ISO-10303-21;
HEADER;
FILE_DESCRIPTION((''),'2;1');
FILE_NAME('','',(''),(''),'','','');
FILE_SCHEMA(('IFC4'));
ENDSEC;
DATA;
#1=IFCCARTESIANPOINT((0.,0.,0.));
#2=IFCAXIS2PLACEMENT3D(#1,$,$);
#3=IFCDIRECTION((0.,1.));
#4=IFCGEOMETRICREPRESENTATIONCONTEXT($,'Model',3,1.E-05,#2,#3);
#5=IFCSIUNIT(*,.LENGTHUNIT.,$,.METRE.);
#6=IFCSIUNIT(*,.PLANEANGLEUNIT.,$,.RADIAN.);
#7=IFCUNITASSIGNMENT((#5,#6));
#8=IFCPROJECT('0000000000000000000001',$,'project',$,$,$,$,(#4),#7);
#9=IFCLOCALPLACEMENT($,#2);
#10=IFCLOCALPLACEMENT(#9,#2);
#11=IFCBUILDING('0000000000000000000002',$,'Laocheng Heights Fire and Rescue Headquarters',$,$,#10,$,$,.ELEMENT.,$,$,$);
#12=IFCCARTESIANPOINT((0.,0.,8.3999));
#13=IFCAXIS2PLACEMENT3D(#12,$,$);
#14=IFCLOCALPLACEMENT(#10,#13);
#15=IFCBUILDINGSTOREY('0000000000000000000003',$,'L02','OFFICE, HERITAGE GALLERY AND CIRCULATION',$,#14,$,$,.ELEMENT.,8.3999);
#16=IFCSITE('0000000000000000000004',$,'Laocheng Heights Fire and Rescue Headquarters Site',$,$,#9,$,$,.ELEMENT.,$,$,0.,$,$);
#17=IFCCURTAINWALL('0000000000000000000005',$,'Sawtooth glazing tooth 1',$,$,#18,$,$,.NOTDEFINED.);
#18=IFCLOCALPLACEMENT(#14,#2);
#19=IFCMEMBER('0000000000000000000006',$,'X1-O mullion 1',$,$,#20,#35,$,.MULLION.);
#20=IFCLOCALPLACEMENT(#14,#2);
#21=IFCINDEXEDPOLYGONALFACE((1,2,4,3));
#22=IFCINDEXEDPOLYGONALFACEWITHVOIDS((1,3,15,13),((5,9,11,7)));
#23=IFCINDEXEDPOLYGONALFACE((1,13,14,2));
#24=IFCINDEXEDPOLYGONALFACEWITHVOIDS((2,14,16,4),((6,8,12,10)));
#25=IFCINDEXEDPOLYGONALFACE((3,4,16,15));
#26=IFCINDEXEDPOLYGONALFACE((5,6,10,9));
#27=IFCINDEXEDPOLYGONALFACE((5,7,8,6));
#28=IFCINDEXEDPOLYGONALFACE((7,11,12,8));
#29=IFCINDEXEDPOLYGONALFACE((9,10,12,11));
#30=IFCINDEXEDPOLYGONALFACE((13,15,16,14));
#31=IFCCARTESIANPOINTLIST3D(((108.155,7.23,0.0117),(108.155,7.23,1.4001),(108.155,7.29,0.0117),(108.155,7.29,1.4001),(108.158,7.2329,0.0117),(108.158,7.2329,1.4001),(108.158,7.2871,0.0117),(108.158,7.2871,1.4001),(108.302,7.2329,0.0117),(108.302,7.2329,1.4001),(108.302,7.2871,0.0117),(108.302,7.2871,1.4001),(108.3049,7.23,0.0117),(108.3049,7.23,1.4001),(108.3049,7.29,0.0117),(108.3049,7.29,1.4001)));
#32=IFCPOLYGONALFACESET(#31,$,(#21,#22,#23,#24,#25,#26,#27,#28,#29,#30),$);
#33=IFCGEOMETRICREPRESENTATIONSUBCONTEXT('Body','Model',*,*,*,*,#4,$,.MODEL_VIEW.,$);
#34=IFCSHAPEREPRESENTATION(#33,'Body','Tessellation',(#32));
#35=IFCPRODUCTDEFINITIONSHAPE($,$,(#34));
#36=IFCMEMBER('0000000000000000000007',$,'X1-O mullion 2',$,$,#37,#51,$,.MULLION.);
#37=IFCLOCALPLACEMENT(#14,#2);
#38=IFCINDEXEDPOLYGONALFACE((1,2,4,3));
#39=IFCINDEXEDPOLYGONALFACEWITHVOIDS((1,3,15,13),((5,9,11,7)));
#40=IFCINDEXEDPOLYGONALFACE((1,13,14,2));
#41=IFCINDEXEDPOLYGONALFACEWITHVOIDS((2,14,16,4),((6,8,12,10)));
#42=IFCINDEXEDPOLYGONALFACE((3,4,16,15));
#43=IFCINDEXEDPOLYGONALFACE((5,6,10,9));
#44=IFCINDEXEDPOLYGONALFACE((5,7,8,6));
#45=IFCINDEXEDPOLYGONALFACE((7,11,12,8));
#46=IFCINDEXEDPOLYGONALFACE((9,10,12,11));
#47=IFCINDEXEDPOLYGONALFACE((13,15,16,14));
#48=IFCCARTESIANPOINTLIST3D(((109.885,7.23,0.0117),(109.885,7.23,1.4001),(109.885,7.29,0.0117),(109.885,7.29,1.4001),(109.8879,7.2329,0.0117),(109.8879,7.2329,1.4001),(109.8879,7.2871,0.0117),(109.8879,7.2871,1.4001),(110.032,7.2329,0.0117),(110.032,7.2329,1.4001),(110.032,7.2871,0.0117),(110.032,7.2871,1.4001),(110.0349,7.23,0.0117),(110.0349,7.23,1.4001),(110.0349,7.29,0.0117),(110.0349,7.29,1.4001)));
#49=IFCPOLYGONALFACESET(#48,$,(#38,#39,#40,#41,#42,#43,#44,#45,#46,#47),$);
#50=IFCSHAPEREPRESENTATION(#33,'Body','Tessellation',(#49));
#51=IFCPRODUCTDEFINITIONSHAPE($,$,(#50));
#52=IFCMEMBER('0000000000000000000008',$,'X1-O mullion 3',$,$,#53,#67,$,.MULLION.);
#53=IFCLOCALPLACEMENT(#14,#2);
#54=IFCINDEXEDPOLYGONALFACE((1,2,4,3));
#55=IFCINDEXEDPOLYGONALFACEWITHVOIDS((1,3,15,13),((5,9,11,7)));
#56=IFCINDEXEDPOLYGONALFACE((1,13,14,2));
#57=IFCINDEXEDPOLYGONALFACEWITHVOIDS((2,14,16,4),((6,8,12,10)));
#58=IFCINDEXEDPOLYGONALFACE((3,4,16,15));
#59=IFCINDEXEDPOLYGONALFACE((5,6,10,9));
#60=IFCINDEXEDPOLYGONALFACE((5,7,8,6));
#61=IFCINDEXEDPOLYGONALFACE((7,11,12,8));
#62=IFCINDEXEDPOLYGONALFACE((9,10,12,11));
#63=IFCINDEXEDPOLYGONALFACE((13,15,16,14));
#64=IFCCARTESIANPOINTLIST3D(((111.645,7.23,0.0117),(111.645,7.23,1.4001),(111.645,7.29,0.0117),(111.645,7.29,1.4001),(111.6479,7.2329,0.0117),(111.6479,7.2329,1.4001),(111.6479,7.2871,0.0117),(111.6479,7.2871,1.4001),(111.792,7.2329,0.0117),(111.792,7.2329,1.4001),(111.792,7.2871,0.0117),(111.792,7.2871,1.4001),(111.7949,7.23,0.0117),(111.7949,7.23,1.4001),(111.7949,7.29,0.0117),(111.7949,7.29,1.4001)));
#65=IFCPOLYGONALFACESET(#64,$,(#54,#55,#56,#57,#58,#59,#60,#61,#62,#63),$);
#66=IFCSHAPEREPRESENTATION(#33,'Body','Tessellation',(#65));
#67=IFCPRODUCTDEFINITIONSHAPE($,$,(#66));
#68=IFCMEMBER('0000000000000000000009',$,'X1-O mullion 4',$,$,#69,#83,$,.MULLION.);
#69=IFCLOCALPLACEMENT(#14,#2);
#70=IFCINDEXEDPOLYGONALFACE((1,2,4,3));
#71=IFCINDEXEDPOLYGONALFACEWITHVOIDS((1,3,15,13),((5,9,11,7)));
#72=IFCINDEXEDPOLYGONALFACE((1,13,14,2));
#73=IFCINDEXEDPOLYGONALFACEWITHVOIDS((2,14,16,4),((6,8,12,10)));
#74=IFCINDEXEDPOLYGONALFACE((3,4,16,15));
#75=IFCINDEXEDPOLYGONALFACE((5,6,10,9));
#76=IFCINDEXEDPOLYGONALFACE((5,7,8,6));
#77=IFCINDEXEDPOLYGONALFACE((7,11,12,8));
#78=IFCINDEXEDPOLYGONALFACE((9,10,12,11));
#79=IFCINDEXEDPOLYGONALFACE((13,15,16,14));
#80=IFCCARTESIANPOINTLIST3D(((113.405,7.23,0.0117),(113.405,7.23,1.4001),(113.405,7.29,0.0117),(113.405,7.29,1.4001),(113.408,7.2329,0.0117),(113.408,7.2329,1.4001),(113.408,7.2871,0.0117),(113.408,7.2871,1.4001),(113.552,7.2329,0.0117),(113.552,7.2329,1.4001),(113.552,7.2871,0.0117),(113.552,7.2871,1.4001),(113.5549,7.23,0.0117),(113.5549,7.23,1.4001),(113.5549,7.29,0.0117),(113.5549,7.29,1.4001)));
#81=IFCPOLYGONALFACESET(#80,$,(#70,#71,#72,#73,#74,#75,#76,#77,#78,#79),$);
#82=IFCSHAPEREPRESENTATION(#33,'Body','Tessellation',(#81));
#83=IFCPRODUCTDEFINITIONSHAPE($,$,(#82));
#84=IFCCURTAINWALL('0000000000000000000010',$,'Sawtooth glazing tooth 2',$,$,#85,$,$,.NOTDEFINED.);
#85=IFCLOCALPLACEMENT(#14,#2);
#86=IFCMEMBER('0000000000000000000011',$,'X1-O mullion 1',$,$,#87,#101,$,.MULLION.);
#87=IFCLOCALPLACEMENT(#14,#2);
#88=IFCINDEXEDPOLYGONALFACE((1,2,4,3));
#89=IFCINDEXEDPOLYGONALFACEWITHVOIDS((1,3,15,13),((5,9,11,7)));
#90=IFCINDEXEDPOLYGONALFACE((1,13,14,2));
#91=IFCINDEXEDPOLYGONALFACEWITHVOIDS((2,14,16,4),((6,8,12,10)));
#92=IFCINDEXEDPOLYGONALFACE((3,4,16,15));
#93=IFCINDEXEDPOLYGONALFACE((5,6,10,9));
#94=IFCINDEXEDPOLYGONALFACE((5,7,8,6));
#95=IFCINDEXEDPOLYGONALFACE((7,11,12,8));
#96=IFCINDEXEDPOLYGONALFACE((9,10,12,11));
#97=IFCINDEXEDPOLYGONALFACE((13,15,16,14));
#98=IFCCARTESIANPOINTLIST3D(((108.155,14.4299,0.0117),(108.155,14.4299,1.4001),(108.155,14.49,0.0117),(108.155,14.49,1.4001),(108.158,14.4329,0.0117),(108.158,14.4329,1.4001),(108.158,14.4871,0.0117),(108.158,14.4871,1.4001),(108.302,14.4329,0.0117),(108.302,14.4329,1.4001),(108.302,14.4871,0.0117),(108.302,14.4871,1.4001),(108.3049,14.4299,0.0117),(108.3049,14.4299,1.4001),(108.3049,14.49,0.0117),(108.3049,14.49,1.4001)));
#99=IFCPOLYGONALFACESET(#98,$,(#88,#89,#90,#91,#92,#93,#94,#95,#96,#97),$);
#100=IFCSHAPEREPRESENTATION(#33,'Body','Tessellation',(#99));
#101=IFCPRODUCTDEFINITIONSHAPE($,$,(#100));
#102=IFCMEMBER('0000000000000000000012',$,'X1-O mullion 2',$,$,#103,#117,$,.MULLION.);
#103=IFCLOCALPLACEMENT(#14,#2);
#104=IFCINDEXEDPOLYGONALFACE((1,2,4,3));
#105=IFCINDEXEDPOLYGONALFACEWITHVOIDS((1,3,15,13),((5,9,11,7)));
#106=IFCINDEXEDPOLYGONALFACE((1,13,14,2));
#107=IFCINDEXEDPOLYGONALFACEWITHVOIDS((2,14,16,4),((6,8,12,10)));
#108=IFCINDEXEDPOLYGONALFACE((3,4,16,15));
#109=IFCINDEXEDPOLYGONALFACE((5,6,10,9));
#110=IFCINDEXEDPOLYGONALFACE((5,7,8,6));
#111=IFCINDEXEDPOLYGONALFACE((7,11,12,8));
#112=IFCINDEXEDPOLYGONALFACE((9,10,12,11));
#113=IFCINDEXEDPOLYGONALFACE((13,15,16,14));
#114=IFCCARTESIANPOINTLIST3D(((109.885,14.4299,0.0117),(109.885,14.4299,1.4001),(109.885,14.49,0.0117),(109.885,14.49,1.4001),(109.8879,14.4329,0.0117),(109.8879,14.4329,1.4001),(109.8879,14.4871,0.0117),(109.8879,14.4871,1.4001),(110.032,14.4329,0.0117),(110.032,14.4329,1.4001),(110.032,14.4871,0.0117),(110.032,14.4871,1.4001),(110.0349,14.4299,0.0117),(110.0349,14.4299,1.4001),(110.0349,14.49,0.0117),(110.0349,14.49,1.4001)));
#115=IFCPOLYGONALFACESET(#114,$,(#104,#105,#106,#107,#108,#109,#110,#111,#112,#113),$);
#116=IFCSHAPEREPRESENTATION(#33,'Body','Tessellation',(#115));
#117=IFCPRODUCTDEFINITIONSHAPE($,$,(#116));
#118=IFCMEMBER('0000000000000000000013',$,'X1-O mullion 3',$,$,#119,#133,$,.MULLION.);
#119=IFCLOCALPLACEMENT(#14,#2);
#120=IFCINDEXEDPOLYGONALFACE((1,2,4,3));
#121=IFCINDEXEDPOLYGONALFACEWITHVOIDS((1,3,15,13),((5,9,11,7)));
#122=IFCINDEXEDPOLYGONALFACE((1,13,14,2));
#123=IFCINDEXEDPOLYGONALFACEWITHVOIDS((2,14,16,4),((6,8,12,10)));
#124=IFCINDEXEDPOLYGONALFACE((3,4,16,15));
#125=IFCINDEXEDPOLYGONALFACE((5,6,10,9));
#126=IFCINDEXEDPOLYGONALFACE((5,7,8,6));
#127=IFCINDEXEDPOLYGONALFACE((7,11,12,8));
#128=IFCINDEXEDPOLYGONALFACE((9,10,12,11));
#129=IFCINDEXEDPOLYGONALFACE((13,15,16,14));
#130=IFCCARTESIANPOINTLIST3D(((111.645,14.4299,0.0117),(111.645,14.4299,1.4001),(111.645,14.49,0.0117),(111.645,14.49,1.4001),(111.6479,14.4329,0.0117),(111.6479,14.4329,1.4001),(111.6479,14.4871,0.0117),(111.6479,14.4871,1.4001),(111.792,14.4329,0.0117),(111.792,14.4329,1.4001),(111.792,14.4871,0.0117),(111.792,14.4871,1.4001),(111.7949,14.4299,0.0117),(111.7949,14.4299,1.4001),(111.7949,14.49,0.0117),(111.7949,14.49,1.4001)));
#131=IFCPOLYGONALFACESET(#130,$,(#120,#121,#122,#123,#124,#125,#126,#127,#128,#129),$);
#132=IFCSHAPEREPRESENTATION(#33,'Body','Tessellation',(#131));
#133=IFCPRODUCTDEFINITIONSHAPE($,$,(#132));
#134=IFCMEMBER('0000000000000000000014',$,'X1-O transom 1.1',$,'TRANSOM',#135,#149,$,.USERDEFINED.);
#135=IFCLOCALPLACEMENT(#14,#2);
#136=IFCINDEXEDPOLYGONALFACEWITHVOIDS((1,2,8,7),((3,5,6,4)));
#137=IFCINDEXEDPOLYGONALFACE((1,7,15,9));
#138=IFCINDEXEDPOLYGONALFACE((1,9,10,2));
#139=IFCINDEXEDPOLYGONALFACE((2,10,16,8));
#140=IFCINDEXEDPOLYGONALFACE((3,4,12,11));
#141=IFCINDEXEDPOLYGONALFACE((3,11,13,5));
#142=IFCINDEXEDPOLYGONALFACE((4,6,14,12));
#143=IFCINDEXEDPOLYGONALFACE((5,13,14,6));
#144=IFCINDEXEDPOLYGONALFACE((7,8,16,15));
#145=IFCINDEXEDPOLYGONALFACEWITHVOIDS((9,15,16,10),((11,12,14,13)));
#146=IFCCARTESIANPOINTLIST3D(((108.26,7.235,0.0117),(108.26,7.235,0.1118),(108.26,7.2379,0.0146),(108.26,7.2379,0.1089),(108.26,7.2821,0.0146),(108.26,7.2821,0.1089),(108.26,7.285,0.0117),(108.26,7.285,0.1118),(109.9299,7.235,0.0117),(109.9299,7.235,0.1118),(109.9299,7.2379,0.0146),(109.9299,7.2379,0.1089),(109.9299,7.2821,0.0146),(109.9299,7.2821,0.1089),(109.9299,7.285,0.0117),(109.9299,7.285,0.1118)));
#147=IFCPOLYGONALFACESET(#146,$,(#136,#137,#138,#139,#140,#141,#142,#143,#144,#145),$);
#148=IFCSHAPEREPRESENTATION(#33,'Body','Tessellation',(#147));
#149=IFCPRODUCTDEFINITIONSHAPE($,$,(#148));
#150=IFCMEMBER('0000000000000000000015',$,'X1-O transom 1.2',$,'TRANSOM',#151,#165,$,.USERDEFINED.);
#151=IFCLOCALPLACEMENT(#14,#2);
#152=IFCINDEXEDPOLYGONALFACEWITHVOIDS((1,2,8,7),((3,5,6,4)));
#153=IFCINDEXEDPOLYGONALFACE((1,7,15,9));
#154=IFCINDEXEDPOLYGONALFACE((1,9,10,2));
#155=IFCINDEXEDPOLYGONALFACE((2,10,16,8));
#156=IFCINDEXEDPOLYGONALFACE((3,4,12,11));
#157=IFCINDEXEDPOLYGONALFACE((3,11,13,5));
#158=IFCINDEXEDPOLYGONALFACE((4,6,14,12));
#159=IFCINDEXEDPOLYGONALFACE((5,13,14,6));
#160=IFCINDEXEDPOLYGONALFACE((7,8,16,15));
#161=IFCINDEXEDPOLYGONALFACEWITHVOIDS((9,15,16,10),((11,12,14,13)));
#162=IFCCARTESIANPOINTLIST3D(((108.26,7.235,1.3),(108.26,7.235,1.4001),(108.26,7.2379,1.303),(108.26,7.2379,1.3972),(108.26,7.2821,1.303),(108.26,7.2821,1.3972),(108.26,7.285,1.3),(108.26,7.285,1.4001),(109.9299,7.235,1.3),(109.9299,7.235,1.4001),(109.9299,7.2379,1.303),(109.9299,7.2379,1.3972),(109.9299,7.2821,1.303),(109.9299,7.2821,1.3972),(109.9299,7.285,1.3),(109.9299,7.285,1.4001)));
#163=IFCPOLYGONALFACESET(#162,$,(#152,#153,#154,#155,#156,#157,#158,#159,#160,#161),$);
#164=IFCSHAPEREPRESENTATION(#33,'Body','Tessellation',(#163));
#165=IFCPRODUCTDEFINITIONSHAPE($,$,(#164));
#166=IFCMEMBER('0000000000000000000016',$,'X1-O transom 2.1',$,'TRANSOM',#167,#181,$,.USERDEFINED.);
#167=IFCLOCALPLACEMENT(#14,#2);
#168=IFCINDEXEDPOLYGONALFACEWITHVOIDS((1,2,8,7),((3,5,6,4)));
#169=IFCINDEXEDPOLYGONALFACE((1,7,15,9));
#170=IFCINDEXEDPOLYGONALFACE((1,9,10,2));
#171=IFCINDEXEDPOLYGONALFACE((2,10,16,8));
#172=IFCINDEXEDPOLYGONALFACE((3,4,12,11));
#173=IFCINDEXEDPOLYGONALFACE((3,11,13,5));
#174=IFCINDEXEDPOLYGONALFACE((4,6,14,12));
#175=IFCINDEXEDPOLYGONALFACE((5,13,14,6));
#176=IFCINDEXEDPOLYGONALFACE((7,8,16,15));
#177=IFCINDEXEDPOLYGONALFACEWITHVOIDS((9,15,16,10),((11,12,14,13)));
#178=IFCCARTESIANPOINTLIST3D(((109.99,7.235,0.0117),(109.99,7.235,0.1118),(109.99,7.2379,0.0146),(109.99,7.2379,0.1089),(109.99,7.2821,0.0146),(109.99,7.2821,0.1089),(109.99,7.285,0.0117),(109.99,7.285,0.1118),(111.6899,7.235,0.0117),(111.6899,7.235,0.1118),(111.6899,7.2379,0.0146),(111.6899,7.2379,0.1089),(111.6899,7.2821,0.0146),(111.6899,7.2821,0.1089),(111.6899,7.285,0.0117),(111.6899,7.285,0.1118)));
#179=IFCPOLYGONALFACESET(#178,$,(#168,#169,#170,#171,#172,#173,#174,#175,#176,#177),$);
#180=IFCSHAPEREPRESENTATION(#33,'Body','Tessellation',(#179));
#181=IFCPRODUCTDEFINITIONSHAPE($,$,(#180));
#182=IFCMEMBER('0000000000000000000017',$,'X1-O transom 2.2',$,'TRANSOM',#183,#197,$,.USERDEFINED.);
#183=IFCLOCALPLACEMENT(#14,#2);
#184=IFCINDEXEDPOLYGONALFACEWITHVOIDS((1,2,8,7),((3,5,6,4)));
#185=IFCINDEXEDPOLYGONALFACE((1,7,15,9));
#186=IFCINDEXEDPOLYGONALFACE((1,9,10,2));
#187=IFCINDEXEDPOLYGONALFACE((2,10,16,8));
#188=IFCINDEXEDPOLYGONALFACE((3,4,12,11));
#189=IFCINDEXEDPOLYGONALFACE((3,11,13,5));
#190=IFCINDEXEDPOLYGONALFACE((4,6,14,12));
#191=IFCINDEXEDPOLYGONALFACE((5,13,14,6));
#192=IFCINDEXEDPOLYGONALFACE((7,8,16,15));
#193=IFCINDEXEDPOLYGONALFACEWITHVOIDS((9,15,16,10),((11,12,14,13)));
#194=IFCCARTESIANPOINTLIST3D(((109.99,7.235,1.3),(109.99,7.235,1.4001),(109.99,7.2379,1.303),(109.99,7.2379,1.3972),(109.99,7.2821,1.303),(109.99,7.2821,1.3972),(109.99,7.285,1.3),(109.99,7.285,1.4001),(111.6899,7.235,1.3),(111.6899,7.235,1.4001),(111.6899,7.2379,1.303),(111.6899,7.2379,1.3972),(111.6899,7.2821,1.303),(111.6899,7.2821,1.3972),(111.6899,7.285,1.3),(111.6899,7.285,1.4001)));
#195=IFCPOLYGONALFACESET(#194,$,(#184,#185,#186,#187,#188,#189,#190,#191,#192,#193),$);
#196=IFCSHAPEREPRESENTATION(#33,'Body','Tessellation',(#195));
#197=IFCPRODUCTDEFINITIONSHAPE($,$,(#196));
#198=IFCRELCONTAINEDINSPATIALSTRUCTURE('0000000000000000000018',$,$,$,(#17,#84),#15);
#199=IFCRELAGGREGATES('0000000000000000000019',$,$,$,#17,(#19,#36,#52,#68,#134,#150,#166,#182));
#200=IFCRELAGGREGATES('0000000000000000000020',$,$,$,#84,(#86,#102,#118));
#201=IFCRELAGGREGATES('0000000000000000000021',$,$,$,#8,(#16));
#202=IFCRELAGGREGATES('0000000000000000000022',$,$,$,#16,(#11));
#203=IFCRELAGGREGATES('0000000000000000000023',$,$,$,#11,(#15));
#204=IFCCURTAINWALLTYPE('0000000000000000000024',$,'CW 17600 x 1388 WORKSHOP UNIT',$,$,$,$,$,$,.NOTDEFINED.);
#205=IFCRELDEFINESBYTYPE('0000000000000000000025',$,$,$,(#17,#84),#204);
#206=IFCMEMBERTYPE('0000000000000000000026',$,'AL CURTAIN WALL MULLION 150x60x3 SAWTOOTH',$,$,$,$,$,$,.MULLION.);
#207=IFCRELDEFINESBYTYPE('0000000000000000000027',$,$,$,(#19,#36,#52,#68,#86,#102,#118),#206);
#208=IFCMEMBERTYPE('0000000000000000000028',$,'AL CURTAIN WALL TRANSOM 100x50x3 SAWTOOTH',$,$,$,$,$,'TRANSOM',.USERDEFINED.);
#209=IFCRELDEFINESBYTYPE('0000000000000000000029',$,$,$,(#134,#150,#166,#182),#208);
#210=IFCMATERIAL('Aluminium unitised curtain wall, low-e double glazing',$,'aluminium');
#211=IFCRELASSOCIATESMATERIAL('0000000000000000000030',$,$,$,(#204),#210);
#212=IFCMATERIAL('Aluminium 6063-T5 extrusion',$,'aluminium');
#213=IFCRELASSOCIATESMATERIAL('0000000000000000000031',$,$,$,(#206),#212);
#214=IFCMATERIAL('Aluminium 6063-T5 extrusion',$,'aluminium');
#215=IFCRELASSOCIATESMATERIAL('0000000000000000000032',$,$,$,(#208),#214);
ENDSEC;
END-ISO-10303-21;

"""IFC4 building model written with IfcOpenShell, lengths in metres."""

from ifc_helpers import new_model, si_unit, direction, frame, origin, origin_2d, place, context, subcontext, project, spatial, hollow_rectangle, extrude, material, material_profile, profile_set, type_object, element, aggregate, save


model = new_model("IFC4")

# Units and contexts
model_context = context("Model", 3, precision=1e-05, world=origin(), true_north=direction((0.0, 1.0)))
body_context = subcontext(model_context, "Body", "Model", "MODEL_VIEW")
ifc_project = project(units=[si_unit("LENGTHUNIT", "METRE"), si_unit("PLANEANGLEUNIT", "RADIAN")], contexts=[model_context])

# Site, building, storey
site_placement = place(None, origin())
site = spatial("IfcSite", under=ifc_project, at=site_placement, Name="Laocheng Heights Fire and Rescue Headquarters Site", CompositionType="ELEMENT", RefElevation=0.0)
building_placement = place(site_placement, origin())
building = spatial("IfcBuilding", under=site, at=building_placement, Name="Laocheng Heights Fire and Rescue Headquarters", CompositionType="ELEMENT")
storey_placement = place(building_placement, frame((0.0, 0.0, 8.3999)))
storey = spatial("IfcBuildingStorey", under=building, at=storey_placement, Name="L02", Description="OFFICE, HERITAGE GALLERY AND CIRCULATION", CompositionType="ELEMENT", Elevation=8.3999)

# Curtain walls, members
ifc_material_1 = material(Name="Aluminium unitised curtain wall, low-e double glazing", Category="aluminium")
curtain_wall_type = type_object("IfcCurtainWallType", Name="CW 17600 x 1388 WORKSHOP UNIT", PredefinedType="NOTDEFINED", material=ifc_material_1)
curtain_wall_1_placement = place(storey_placement, origin())
curtain_wall_1 = element("IfcCurtainWall", 1, at=curtain_wall_1_placement, inside=storey, type_object=curtain_wall_type, Name="Sawtooth glazing tooth 1", PredefinedType="NOTDEFINED")
ifc_material_2 = material(Name="Aluminium 6063-T5 extrusion", Category="aluminium")
ifc_material_profile_1 = material_profile(ifc_material_2, hollow_rectangle(XDim=0.0601, YDim=0.1499, WallThickness=0.0029, at=origin_2d()), Name="AL MULLION 150x60x3")
ifc_profile_set_1 = profile_set([ifc_material_profile_1], Name="Aluminium 6063-T5 extrusion")
member_type_1 = type_object("IfcMemberType", Name="AL CURTAIN WALL MULLION 150x60x3 SAWTOOTH", PredefinedType="MULLION", material=ifc_profile_set_1)
member_1_placement = place(storey_placement, frame((108.23, 7.26, 0.0117), z_axis=(0.0, 0.0, 1.0), x_axis=(0.0, 1.0, 0.0)))
member_1 = element("IfcMember", 2, at=member_1_placement, type_object=member_type_1, Name="X1-O mullion 1", PredefinedType="MULLION", context=body_context, shape_type="SweptSolid", body=[
    extrude(hollow_rectangle(XDim=0.0601, YDim=0.1499, WallThickness=0.0029, at=origin_2d()), origin(), (0.0, 0.0, 1.0), 1.3884),
])
member_2_placement = place(storey_placement, frame((109.96, 7.26, 0.0117), z_axis=(0.0, 0.0, 1.0), x_axis=(0.0, 1.0, 0.0)))
member_2 = element("IfcMember", 3, at=member_2_placement, type_object=member_type_1, Name="X1-O mullion 2", PredefinedType="MULLION", context=body_context, shape_type="SweptSolid", body=[
    extrude(hollow_rectangle(XDim=0.0601, YDim=0.1499, WallThickness=0.0029, at=origin_2d()), origin(), (0.0, 0.0, 1.0), 1.3884),
])
member_3_placement = place(storey_placement, frame((111.72, 7.26, 0.0117), z_axis=(0.0, 0.0, 1.0), x_axis=(0.0, 1.0, 0.0)))
member_3 = element("IfcMember", 4, at=member_3_placement, type_object=member_type_1, Name="X1-O mullion 3", PredefinedType="MULLION", context=body_context, shape_type="SweptSolid", body=[
    extrude(hollow_rectangle(XDim=0.0601, YDim=0.1499, WallThickness=0.0029, at=origin_2d()), origin(), (0.0, 0.0, 1.0), 1.3884),
])
member_4_placement = place(storey_placement, frame((113.48, 7.26, 0.0117), z_axis=(0.0, 0.0, 1.0), x_axis=(0.0, 1.0, 0.0)))
member_4 = element("IfcMember", 5, at=member_4_placement, type_object=member_type_1, Name="X1-O mullion 4", PredefinedType="MULLION", context=body_context, shape_type="SweptSolid", body=[
    extrude(hollow_rectangle(XDim=0.0601, YDim=0.1499, WallThickness=0.0029, at=origin_2d()), origin(), (0.0, 0.0, 1.0), 1.3884),
])
curtain_wall_2_placement = place(storey_placement, origin())
curtain_wall_2 = element("IfcCurtainWall", 6, at=curtain_wall_2_placement, inside=storey, type_object=curtain_wall_type, Name="Sawtooth glazing tooth 2", PredefinedType="NOTDEFINED")
member_5_placement = place(storey_placement, frame((108.23, 14.46, 0.0117), z_axis=(0.0, 0.0, 1.0), x_axis=(0.0, 1.0, 0.0)))
member_5 = element("IfcMember", 7, at=member_5_placement, type_object=member_type_1, Name="X1-O mullion 1", PredefinedType="MULLION", context=body_context, shape_type="SweptSolid", body=[
    extrude(hollow_rectangle(XDim=0.0601, YDim=0.1499, WallThickness=0.0029, at=origin_2d()), origin(), (0.0, 0.0, 1.0), 1.3884),
])
member_6_placement = place(storey_placement, frame((109.96, 14.46, 0.0117), z_axis=(0.0, 0.0, 1.0), x_axis=(0.0, 1.0, 0.0)))
member_6 = element("IfcMember", 8, at=member_6_placement, type_object=member_type_1, Name="X1-O mullion 2", PredefinedType="MULLION", context=body_context, shape_type="SweptSolid", body=[
    extrude(hollow_rectangle(XDim=0.0601, YDim=0.1499, WallThickness=0.0029, at=origin_2d()), origin(), (0.0, 0.0, 1.0), 1.3884),
])
member_7_placement = place(storey_placement, frame((111.72, 14.46, 0.0117), z_axis=(0.0, 0.0, 1.0), x_axis=(0.0, 1.0, 0.0)))
member_7 = element("IfcMember", 9, at=member_7_placement, type_object=member_type_1, Name="X1-O mullion 3", PredefinedType="MULLION", context=body_context, shape_type="SweptSolid", body=[
    extrude(hollow_rectangle(XDim=0.0601, YDim=0.1499, WallThickness=0.0029, at=origin_2d()), origin(), (0.0, 0.0, 1.0), 1.3884),
])

# Members
ifc_material_3 = material(Name="Aluminium 6063-T5 extrusion", Category="aluminium")
ifc_material_profile_2 = material_profile(ifc_material_3, hollow_rectangle(XDim=0.05, YDim=0.1001, WallThickness=0.0029, at=origin_2d()), Name="AL TRANSOM 100x50x3")
ifc_profile_set_2 = profile_set([ifc_material_profile_2], Name="Aluminium 6063-T5 extrusion")
member_type_2 = type_object("IfcMemberType", Name="AL CURTAIN WALL TRANSOM 100x50x3 SAWTOOTH", ElementType="TRANSOM", PredefinedType="USERDEFINED", material=ifc_profile_set_2)
member_8_placement = place(storey_placement, frame((108.26, 7.26, 0.0618), z_axis=(1.0, 0.0, 0.0), x_axis=(0.0, 1.0, 0.0)))
member_8 = element("IfcMember", 10, at=member_8_placement, type_object=member_type_2, Name="X1-O transom 1.1", ObjectType="TRANSOM", PredefinedType="USERDEFINED", context=body_context, shape_type="SweptSolid", body=[
    extrude(hollow_rectangle(XDim=0.05, YDim=0.1001, WallThickness=0.0029, at=origin_2d()), origin(), (0.0, 0.0, 1.0), 1.6699),
])
member_9_placement = place(storey_placement, frame((108.26, 7.26, 1.3501), z_axis=(1.0, 0.0, 0.0), x_axis=(0.0, 1.0, 0.0)))
member_9 = element("IfcMember", 11, at=member_9_placement, type_object=member_type_2, Name="X1-O transom 1.2", ObjectType="TRANSOM", PredefinedType="USERDEFINED", context=body_context, shape_type="SweptSolid", body=[
    extrude(hollow_rectangle(XDim=0.05, YDim=0.1001, WallThickness=0.0029, at=origin_2d()), origin(), (0.0, 0.0, 1.0), 1.6699),
])
member_10_placement = place(storey_placement, frame((109.99, 7.26, 0.0618), z_axis=(1.0, 0.0, 0.0), x_axis=(0.0, 1.0, 0.0)))
member_10 = element("IfcMember", 12, at=member_10_placement, type_object=member_type_2, Name="X1-O transom 2.1", ObjectType="TRANSOM", PredefinedType="USERDEFINED", context=body_context, shape_type="SweptSolid", body=[
    extrude(hollow_rectangle(XDim=0.05, YDim=0.1001, WallThickness=0.0029, at=origin_2d()), origin(), (0.0, 0.0, 1.0), 1.7),
])
member_11_placement = place(storey_placement, frame((109.99, 7.26, 1.3501), z_axis=(1.0, 0.0, 0.0), x_axis=(0.0, 1.0, 0.0)))
member_11 = element("IfcMember", 13, at=member_11_placement, type_object=member_type_2, Name="X1-O transom 2.2", ObjectType="TRANSOM", PredefinedType="USERDEFINED", context=body_context, shape_type="SweptSolid", body=[
    extrude(hollow_rectangle(XDim=0.05, YDim=0.1001, WallThickness=0.0029, at=origin_2d()), origin(), (0.0, 0.0, 1.0), 1.7),
])

aggregate(curtain_wall_1, [member_1, member_2, member_3, member_4, member_8, member_9, member_10, member_11])
aggregate(curtain_wall_2, [member_5, member_6, member_7])

save(model, "model.ifc")
